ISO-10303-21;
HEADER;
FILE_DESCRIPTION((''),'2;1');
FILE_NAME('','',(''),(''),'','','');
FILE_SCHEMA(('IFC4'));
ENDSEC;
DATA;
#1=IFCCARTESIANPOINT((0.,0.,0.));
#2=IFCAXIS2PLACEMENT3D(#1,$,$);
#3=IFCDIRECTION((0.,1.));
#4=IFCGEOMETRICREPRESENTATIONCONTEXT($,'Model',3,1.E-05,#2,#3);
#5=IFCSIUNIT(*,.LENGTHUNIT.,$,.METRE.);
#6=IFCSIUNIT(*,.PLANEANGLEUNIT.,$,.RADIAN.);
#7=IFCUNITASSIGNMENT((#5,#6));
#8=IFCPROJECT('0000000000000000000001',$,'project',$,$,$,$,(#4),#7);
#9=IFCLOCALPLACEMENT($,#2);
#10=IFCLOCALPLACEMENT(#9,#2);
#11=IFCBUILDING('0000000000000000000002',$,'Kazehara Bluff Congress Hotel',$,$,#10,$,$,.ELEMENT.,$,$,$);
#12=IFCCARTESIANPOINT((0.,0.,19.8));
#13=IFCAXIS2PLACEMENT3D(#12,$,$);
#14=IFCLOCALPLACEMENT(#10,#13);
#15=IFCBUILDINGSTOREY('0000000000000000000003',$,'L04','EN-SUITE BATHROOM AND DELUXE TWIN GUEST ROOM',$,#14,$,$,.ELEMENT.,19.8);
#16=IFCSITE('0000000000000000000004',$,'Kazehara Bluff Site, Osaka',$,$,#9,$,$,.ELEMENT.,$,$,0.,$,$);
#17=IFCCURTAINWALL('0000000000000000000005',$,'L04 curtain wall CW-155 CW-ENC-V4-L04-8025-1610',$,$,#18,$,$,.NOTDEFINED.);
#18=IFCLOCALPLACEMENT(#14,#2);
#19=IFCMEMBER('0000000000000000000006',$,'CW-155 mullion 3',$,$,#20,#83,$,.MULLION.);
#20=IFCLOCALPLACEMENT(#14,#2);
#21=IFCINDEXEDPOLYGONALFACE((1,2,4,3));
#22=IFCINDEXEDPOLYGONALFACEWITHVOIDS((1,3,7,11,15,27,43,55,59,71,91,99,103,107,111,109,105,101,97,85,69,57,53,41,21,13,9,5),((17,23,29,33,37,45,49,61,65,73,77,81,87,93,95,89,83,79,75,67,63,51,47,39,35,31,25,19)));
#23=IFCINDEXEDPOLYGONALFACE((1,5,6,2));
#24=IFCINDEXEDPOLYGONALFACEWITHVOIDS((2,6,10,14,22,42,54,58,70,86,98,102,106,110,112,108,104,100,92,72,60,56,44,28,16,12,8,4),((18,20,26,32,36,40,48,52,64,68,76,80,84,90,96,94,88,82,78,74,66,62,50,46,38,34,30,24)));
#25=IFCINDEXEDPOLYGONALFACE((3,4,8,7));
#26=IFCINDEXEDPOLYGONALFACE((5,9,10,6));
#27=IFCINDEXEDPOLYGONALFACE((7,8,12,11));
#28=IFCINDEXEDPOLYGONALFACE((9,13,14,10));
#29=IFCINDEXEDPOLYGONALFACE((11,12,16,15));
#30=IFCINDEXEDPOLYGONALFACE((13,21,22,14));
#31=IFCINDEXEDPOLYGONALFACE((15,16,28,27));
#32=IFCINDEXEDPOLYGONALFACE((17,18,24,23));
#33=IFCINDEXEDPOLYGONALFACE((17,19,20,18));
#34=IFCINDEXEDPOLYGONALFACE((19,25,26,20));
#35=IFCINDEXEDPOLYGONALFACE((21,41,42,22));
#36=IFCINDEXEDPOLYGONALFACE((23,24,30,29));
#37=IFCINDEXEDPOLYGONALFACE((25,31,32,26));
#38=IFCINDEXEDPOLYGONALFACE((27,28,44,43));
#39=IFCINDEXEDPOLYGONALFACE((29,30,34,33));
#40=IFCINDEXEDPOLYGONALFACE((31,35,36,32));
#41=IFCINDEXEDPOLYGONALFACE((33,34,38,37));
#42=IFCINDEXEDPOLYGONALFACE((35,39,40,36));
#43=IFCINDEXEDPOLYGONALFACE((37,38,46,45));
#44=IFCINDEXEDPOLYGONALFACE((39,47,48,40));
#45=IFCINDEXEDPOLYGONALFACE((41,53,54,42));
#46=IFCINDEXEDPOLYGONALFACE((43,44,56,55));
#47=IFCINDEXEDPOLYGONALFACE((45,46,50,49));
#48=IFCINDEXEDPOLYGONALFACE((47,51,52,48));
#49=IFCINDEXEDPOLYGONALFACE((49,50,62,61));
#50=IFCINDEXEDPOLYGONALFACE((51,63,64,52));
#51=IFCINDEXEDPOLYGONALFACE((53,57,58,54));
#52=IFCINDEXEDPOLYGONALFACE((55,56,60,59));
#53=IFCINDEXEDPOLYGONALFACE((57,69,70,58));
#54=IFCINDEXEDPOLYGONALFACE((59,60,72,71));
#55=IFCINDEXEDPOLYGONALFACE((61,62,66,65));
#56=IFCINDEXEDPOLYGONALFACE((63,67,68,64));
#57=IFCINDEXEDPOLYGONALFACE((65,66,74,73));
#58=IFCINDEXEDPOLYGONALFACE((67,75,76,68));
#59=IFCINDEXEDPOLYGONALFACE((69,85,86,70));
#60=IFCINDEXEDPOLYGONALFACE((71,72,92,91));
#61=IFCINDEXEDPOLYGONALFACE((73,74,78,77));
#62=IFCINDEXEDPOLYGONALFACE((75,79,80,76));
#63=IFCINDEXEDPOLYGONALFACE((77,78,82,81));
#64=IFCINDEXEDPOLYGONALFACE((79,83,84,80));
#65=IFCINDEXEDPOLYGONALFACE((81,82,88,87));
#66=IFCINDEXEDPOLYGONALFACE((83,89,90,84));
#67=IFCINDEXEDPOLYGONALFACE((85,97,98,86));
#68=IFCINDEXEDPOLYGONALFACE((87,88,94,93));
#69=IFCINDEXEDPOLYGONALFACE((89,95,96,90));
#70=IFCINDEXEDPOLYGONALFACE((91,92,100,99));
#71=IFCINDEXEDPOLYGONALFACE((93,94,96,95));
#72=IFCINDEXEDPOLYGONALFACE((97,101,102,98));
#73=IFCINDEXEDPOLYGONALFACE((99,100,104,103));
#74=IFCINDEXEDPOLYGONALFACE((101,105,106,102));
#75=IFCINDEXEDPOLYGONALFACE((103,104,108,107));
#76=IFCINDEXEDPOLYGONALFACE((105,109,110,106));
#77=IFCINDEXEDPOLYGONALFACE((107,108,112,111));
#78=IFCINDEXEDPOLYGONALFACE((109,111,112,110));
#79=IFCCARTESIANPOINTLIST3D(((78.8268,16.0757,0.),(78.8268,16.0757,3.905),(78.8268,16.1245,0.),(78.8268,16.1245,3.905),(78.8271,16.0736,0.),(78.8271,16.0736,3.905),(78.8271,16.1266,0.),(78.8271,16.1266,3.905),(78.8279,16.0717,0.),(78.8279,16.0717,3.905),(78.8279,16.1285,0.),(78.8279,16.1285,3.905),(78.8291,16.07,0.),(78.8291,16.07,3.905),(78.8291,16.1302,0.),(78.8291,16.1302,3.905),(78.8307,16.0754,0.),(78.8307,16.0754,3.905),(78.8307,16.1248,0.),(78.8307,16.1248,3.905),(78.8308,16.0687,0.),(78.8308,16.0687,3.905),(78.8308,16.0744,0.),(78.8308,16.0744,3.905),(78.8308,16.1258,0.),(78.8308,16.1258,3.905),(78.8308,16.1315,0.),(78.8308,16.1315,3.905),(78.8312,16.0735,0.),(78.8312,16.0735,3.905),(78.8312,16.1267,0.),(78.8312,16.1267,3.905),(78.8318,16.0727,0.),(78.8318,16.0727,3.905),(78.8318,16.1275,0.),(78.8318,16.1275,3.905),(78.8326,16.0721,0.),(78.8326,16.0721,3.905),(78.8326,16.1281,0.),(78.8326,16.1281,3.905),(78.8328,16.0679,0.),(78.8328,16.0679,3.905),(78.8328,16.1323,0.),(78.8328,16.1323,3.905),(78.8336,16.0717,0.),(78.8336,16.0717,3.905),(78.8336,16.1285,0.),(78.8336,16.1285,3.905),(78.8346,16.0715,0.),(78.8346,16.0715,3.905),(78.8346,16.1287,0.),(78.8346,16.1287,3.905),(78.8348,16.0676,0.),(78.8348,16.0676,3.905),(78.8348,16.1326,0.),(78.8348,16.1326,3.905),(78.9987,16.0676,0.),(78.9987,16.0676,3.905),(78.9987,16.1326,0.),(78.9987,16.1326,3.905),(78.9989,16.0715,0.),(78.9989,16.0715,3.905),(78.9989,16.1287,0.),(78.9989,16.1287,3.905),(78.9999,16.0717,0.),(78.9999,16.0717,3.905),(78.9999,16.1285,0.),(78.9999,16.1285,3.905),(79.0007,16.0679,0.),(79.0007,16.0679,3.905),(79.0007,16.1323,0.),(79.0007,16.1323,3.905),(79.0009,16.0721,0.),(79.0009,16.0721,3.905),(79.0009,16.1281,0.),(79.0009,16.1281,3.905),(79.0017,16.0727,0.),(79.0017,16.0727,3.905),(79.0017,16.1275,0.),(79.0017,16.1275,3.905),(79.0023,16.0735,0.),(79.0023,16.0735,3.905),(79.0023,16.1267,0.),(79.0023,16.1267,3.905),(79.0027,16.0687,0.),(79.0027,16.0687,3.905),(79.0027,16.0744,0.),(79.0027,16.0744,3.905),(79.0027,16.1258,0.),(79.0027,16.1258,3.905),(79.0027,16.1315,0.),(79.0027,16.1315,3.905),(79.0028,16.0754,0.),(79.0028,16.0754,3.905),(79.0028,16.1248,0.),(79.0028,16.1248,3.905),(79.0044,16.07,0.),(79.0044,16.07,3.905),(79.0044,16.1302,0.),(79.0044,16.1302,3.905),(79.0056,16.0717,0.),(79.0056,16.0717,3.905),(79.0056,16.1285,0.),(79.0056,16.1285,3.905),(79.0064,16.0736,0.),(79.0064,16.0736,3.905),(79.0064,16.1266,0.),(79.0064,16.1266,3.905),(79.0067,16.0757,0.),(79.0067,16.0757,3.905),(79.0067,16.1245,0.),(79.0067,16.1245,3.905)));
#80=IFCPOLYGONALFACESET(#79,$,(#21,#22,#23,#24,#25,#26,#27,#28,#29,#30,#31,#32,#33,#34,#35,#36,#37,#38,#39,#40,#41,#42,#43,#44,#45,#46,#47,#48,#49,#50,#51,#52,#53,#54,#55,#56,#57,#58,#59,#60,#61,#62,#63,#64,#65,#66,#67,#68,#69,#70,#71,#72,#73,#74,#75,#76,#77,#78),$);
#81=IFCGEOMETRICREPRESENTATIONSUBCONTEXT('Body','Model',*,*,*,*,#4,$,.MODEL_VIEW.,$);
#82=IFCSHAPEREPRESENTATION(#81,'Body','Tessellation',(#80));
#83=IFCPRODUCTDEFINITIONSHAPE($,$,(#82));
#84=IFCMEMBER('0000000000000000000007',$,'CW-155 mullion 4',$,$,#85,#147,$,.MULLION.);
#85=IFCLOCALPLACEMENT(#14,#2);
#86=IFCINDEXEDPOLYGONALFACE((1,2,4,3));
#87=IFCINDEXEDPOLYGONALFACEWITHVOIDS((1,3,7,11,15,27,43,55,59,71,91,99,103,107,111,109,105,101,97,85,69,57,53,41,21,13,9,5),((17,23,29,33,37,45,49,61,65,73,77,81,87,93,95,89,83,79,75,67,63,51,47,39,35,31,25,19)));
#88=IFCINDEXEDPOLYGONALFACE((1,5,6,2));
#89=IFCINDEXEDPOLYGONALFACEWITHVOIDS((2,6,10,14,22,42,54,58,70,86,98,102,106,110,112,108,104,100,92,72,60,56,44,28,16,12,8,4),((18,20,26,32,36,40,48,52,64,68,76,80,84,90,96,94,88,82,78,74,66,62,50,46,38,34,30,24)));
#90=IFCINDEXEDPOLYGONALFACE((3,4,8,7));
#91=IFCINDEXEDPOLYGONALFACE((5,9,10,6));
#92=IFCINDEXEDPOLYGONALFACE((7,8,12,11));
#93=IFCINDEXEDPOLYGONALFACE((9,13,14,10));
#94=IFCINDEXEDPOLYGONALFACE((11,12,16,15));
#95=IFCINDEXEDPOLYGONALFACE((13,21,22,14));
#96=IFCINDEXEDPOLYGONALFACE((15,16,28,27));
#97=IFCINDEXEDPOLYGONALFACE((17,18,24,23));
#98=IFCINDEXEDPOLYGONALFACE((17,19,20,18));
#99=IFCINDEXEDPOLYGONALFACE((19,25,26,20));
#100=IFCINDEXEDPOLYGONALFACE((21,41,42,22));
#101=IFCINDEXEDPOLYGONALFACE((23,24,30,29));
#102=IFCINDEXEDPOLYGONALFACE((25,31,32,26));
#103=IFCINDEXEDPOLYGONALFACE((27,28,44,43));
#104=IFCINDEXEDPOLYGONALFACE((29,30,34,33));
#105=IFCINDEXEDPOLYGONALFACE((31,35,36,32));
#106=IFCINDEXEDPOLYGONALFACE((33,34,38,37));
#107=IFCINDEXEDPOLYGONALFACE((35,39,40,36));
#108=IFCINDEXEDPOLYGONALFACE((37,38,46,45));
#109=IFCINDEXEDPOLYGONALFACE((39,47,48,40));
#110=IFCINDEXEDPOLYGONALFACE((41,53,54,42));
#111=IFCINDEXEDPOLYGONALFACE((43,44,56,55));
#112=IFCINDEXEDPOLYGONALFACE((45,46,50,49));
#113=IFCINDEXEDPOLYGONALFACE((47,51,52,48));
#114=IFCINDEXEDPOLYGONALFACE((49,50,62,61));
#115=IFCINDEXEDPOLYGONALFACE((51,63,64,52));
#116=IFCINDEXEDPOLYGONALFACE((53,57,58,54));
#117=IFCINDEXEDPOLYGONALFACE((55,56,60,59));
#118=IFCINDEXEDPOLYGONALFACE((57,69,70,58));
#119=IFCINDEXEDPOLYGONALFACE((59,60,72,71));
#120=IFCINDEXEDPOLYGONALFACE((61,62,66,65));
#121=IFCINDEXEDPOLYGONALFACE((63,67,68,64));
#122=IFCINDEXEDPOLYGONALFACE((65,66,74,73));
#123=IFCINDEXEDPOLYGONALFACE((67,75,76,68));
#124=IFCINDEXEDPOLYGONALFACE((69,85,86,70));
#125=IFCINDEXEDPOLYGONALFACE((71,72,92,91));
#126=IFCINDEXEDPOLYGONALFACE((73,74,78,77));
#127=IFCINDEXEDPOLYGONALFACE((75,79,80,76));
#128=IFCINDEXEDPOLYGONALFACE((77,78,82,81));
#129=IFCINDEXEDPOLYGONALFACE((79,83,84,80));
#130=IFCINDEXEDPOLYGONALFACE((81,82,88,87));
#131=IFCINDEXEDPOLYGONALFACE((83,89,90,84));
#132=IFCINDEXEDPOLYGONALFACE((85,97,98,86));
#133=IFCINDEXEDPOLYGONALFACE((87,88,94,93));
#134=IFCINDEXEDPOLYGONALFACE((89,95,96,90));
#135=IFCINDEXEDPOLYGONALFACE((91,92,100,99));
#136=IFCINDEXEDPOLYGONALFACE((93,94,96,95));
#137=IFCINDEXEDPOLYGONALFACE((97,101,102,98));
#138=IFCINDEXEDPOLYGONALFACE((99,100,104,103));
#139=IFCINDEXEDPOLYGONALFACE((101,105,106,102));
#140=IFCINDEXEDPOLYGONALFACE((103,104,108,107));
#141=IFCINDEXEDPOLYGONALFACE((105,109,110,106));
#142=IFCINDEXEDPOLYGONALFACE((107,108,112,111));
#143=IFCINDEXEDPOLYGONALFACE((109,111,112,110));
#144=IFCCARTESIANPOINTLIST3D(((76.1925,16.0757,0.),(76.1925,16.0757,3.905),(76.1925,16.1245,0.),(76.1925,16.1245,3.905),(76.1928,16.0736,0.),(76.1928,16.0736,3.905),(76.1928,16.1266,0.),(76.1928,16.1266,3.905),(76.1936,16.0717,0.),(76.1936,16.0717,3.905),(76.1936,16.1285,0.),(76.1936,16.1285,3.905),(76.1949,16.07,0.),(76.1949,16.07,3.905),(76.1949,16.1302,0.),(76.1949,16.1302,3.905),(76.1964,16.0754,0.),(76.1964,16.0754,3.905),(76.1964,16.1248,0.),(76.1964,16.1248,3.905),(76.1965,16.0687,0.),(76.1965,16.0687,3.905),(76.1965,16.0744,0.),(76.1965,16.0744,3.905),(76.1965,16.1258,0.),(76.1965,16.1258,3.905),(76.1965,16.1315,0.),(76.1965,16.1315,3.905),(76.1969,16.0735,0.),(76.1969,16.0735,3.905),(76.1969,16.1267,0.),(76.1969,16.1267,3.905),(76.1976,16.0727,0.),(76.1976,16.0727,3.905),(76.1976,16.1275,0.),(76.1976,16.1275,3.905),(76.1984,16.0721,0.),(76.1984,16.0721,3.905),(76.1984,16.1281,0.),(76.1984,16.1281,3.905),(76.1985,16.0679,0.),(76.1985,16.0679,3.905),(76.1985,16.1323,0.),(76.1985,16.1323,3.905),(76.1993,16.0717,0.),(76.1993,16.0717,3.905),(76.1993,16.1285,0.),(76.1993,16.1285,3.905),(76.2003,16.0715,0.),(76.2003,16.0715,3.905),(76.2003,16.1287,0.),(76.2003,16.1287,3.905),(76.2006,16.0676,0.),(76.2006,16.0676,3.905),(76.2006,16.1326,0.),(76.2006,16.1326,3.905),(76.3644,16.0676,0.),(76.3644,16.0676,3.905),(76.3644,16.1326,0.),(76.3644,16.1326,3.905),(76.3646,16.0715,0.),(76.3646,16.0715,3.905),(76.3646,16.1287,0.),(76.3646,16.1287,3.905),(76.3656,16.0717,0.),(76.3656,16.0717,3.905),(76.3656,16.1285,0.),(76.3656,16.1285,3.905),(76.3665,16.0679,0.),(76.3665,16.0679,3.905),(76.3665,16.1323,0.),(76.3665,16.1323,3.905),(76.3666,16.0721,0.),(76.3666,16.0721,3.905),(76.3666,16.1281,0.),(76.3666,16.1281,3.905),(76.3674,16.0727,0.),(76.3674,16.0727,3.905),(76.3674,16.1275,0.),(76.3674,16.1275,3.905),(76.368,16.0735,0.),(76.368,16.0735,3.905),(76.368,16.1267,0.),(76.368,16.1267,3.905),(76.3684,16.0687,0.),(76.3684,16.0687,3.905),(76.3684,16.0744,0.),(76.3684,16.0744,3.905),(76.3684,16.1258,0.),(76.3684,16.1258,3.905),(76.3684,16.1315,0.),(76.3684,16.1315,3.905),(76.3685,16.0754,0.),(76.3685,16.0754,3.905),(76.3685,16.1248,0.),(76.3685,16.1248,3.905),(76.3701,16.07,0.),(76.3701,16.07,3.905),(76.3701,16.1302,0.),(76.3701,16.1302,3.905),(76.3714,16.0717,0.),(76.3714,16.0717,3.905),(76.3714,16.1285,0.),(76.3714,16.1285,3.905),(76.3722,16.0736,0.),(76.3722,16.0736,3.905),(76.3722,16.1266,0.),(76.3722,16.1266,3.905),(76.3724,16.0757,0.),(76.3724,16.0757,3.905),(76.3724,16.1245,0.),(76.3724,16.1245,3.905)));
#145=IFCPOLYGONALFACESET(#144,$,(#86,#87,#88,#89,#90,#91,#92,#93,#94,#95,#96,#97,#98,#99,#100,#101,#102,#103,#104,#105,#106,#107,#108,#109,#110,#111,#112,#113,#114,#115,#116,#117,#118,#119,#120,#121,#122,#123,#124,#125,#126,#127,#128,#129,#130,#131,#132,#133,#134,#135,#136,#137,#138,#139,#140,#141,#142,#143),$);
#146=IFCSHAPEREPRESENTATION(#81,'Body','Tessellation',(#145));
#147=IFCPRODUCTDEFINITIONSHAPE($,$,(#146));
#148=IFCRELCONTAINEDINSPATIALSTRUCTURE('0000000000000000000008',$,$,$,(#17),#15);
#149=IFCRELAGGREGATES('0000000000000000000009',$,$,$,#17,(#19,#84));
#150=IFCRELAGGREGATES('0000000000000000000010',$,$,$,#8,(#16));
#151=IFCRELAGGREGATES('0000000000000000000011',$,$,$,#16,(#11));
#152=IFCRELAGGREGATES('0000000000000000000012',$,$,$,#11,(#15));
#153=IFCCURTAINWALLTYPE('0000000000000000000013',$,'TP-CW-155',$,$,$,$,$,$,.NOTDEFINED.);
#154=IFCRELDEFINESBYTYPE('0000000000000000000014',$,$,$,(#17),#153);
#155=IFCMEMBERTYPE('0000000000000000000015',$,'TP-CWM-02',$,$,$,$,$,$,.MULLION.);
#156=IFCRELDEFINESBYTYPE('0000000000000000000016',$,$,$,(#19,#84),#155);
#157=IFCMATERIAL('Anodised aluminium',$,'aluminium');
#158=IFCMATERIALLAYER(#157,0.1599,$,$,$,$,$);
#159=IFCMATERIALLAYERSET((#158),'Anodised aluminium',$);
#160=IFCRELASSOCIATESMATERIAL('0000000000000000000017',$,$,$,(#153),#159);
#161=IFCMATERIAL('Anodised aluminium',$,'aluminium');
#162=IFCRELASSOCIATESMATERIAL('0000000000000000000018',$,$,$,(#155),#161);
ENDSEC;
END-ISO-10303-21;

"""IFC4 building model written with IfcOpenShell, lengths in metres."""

from ifc_helpers import new_model, si_unit, direction, frame, origin, origin_2d, place, context, subcontext, project, spatial, hollow_rectangle, extrude, material, layer, layer_set, material_profile, profile_set, type_object, element, aggregate, save


model = new_model("IFC4")

# Units and contexts
model_context = context("Model", 3, precision=1e-05, world=origin(), true_north=direction((0.0, 1.0)))
body_context = subcontext(model_context, "Body", "Model", "MODEL_VIEW")
ifc_project = project(units=[si_unit("LENGTHUNIT", "METRE"), si_unit("PLANEANGLEUNIT", "RADIAN")], contexts=[model_context])

# Site, building, storey
site_placement = place(None, origin())
site = spatial("IfcSite", under=ifc_project, at=site_placement, Name="Kazehara Bluff Site, Osaka", CompositionType="ELEMENT", RefElevation=0.0)
building_placement = place(site_placement, origin())
building = spatial("IfcBuilding", under=site, at=building_placement, Name="Kazehara Bluff Congress Hotel", CompositionType="ELEMENT")
storey_placement = place(building_placement, frame((0.0, 0.0, 19.8)))
storey = spatial("IfcBuildingStorey", under=building, at=storey_placement, Name="L04", Description="EN-SUITE BATHROOM AND DELUXE TWIN GUEST ROOM", CompositionType="ELEMENT", Elevation=19.8)

# Curtain wall, members
ifc_material_1 = material(Name="Anodised aluminium", Category="aluminium")
ifc_layer_1 = layer(ifc_material_1, 0.1599)
ifc_layer_set_1 = layer_set([ifc_layer_1], Name="Anodised aluminium")
curtain_wall_type_1 = type_object("IfcCurtainWallType", Name="TP-CW-155", PredefinedType="NOTDEFINED", material=ifc_layer_set_1)
curtain_wall_1_placement = place(storey_placement, origin())
curtain_wall_1 = element("IfcCurtainWall", 1, at=curtain_wall_1_placement, inside=storey, type_object=curtain_wall_type_1, Name="L04 curtain wall CW-155 CW-ENC-V4-L04-8025-1610", PredefinedType="NOTDEFINED")
ifc_material_2 = material(Name="Anodised aluminium", Category="aluminium")
ifc_material_profile_1 = material_profile(ifc_material_2, hollow_rectangle(XDim=0.0649, YDim=0.1799, WallThickness=0.0039, InnerFilletRadius=0.0039, OuterFilletRadius=0.0081, at=origin_2d()))
ifc_profile_set_1 = profile_set([ifc_material_profile_1], Name="Anodised aluminium")
member_type_1 = type_object("IfcMemberType", Name="TP-CWM-02", PredefinedType="MULLION", material=ifc_profile_set_1)
member_1_placement = place(storey_placement, frame((78.9167, 16.1001, 0.0), z_axis=(0.0, 0.0, 1.0), x_axis=(0.0, -1.0, 0.0)))
member_1 = element("IfcMember", 2, at=member_1_placement, type_object=member_type_1, Name="CW-155 mullion 3", PredefinedType="MULLION", context=body_context, shape_type="SweptSolid", body=[
    extrude(hollow_rectangle(XDim=0.0649, YDim=0.1799, WallThickness=0.0039, InnerFilletRadius=0.0039, OuterFilletRadius=0.0081, at=origin_2d()), origin(), (0.0, 0.0, 1.0), 3.905),
])
member_2_placement = place(storey_placement, frame((76.2825, 16.1001, 0.0), z_axis=(0.0, 0.0, 1.0), x_axis=(0.0, -1.0, 0.0)))
member_2 = element("IfcMember", 3, at=member_2_placement, type_object=member_type_1, Name="CW-155 mullion 4", PredefinedType="MULLION", context=body_context, shape_type="SweptSolid", body=[
    extrude(hollow_rectangle(XDim=0.0649, YDim=0.1799, WallThickness=0.0039, InnerFilletRadius=0.0039, OuterFilletRadius=0.0081, at=origin_2d()), origin(), (0.0, 0.0, 1.0), 3.905),
])

aggregate(curtain_wall_1, [member_1, member_2])

save(model, "model.ifc")
